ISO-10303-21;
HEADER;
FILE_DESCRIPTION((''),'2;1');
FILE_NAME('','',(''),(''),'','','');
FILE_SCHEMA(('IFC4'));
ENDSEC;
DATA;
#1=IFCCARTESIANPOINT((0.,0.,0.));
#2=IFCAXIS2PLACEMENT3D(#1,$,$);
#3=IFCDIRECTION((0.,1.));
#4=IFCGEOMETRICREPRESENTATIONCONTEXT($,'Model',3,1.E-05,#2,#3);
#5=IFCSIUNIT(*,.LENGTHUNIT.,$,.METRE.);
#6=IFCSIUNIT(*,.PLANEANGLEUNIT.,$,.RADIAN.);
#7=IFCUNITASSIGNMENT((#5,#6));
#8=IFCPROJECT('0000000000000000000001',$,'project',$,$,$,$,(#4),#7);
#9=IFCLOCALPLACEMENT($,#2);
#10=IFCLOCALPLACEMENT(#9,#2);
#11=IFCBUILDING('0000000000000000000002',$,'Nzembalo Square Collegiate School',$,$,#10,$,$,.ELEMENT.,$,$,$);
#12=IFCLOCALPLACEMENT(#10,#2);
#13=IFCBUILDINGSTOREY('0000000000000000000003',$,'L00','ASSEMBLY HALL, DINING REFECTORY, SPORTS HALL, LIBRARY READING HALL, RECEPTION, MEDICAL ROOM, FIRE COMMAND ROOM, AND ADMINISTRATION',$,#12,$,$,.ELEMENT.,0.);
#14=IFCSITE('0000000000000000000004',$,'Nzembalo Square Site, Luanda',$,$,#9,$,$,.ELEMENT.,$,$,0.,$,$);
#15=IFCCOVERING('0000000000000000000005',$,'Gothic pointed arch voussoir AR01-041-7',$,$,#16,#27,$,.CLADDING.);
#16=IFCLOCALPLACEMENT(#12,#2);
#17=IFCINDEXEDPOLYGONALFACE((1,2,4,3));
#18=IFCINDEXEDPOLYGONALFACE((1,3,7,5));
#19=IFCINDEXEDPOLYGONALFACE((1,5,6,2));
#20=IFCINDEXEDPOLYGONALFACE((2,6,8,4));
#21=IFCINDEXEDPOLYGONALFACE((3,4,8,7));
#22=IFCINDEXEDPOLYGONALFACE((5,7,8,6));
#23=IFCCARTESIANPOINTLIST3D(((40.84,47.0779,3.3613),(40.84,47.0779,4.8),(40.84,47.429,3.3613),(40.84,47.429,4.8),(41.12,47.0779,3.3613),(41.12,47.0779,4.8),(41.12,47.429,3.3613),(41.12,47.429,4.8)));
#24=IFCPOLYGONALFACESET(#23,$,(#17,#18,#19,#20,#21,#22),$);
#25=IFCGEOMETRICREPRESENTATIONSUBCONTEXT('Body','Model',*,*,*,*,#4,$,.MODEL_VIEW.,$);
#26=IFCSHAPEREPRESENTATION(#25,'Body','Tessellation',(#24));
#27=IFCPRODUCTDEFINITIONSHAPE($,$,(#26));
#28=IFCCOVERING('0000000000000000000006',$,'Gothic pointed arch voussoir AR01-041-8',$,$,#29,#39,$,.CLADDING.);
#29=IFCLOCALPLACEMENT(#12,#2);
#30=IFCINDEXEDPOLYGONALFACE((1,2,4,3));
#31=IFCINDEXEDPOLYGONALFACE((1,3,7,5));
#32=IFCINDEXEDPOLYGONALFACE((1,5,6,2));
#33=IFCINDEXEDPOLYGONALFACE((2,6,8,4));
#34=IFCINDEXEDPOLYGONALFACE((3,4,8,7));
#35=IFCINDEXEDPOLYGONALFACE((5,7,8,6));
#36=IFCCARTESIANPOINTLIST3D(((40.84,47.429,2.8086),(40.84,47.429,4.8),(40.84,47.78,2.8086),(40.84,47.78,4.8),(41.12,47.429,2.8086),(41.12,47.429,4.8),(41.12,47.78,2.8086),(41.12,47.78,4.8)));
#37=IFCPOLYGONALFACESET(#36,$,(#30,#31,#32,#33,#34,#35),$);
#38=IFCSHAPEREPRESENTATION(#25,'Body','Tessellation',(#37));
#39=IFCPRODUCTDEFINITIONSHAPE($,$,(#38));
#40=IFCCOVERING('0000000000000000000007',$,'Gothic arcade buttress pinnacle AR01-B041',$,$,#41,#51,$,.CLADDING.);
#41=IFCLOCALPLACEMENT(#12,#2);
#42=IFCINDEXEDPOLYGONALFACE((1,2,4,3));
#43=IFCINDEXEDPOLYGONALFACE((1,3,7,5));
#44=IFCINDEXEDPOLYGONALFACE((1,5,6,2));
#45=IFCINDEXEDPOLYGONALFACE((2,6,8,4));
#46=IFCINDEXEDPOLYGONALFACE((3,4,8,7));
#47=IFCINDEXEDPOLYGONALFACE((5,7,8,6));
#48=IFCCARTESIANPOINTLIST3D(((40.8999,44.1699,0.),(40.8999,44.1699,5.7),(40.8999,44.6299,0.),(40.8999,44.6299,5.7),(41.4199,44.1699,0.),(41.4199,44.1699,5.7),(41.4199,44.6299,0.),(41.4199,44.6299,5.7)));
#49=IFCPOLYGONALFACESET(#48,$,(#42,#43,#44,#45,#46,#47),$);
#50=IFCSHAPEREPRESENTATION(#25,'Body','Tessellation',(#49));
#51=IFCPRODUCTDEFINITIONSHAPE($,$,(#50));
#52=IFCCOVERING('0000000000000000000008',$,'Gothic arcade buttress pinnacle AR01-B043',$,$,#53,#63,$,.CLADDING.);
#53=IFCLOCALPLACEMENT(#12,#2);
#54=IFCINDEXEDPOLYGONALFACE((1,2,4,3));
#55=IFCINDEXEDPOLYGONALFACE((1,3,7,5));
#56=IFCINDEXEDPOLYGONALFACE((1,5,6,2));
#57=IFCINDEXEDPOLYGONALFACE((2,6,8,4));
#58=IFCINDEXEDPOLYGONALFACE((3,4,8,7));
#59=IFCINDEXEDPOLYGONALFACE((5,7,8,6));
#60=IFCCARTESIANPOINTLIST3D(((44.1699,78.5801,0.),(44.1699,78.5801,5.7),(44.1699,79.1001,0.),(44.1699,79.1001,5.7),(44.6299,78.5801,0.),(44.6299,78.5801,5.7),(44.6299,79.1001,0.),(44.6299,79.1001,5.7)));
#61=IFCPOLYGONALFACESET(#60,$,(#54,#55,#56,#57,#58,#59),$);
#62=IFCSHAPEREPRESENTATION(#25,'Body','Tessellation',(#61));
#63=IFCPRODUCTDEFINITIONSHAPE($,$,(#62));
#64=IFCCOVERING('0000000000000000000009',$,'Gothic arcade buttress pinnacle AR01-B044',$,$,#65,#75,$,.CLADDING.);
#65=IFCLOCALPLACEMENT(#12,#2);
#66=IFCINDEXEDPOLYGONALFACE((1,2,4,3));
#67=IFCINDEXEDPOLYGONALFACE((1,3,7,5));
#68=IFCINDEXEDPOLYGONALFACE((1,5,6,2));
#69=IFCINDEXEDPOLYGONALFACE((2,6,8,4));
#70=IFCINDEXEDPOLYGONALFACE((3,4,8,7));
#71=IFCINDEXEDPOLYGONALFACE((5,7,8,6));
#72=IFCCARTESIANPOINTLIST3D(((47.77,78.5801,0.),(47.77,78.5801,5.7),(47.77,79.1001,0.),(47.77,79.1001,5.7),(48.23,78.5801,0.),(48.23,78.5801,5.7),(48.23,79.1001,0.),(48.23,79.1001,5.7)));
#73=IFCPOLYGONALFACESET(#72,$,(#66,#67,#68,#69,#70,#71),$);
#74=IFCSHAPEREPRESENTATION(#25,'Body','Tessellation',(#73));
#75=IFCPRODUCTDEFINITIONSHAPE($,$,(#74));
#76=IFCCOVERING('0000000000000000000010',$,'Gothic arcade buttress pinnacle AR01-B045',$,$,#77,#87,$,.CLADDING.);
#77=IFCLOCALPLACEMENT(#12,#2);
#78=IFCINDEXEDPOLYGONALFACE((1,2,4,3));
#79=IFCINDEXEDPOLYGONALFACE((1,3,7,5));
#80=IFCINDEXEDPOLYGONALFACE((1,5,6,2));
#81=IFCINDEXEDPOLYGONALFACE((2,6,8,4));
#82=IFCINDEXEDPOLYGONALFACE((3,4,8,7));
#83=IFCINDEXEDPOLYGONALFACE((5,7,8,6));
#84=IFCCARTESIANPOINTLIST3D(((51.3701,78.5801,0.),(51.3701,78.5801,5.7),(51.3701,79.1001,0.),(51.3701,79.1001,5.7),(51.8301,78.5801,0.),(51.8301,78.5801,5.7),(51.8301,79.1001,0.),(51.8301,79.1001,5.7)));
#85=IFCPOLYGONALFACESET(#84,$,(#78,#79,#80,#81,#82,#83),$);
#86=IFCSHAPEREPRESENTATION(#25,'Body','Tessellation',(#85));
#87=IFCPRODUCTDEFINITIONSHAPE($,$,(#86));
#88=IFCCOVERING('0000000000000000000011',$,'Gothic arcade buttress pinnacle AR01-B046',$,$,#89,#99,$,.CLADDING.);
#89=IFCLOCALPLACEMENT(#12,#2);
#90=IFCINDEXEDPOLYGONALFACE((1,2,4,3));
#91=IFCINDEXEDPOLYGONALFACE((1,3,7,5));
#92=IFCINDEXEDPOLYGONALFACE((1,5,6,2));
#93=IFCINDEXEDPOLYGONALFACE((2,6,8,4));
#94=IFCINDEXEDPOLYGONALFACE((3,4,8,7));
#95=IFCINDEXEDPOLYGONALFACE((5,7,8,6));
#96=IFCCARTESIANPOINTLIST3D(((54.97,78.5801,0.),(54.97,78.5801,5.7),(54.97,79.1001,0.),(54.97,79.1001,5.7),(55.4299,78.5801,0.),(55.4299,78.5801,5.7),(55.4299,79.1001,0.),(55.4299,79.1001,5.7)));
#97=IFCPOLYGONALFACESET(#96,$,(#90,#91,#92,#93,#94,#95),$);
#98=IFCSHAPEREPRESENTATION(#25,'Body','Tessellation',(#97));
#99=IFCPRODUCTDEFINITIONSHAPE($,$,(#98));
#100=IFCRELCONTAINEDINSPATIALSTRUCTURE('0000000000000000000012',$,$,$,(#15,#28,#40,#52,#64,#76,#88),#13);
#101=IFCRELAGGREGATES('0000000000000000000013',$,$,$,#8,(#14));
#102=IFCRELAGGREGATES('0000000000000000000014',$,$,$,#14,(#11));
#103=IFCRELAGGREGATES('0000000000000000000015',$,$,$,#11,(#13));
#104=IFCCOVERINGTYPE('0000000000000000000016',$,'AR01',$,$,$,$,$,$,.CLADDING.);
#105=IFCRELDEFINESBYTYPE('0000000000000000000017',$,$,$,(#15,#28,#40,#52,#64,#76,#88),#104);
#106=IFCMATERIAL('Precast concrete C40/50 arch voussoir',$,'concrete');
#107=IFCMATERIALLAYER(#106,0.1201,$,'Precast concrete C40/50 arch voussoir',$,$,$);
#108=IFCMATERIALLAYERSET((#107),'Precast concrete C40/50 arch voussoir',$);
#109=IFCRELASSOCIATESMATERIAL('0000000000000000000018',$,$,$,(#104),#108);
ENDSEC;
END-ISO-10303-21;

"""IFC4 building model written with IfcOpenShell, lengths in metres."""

from ifc_helpers import new_model, si_unit, direction, frame, origin, origin_2d, place, context, subcontext, project, spatial, rectangle, extrude, material, layer, layer_set, type_object, element, save


model = new_model("IFC4")

# Units and contexts
model_context = context("Model", 3, precision=1e-05, world=origin(), true_north=direction((0.0, 1.0)))
body_context = subcontext(model_context, "Body", "Model", "MODEL_VIEW")
ifc_project = project(units=[si_unit("LENGTHUNIT", "METRE"), si_unit("PLANEANGLEUNIT", "RADIAN")], contexts=[model_context])

# Site, building, storey
site_placement = place(None, origin())
site = spatial("IfcSite", under=ifc_project, at=site_placement, Name="Nzembalo Square Site, Luanda", CompositionType="ELEMENT", RefElevation=0.0)
building_placement = place(site_placement, origin())
building = spatial("IfcBuilding", under=site, at=building_placement, Name="Nzembalo Square Collegiate School", CompositionType="ELEMENT")
storey_placement = place(building_placement, origin())
storey = spatial("IfcBuildingStorey", under=building, at=storey_placement, Name="L00", Description="ASSEMBLY HALL, DINING REFECTORY, SPORTS HALL, LIBRARY READING HALL, RECEPTION, MEDICAL ROOM, FIRE COMMAND ROOM, AND ADMINISTRATION", CompositionType="ELEMENT", Elevation=0.0)

# Coverings
ifc_material_1 = material(Name="Precast concrete C40/50 arch voussoir", Category="concrete")
ifc_layer_1 = layer(ifc_material_1, 0.1201, Name="Precast concrete C40/50 arch voussoir")
ifc_layer_set_1 = layer_set([ifc_layer_1], Name="Precast concrete C40/50 arch voussoir")
covering_type = type_object("IfcCoveringType", Name="AR01", PredefinedType="CLADDING", material=ifc_layer_set_1)
covering_1_placement = place(storey_placement, frame((40.98, 47.2534, 3.3613), z_axis=(0.0, 0.0, 1.0), x_axis=(1.0, 0.0, 0.0)))
element("IfcCovering", 1, at=covering_1_placement, inside=storey, type_object=covering_type, Name="Gothic pointed arch voussoir AR01-041-7", PredefinedType="CLADDING", context=body_context, shape_type="SweptSolid", body=[
    extrude(rectangle(XDim=0.28, YDim=0.3511, at=origin_2d()), origin(), (0.0, 0.0, 1.0), 1.4387),
])
covering_2_placement = place(storey_placement, frame((40.98, 47.6045, 2.8086), z_axis=(0.0, 0.0, 1.0), x_axis=(1.0, 0.0, 0.0)))
element("IfcCovering", 2, at=covering_2_placement, inside=storey, type_object=covering_type, Name="Gothic pointed arch voussoir AR01-041-8", PredefinedType="CLADDING", context=body_context, shape_type="SweptSolid", body=[
    extrude(rectangle(XDim=0.28, YDim=0.3511, at=origin_2d()), origin(), (0.0, 0.0, 1.0), 1.9915),
])
covering_3_placement = place(storey_placement, frame((41.1599, 44.3999, 0.0), z_axis=(0.0, 0.0, 1.0), x_axis=(1.0, 0.0, 0.0)))
element("IfcCovering", 3, at=covering_3_placement, inside=storey, type_object=covering_type, Name="Gothic arcade buttress pinnacle AR01-B041", PredefinedType="CLADDING", context=body_context, shape_type="SweptSolid", body=[
    extrude(rectangle(XDim=0.52, YDim=0.46, at=origin_2d()), origin(), (0.0, 0.0, 1.0), 5.7),
])
for number, where, z_axis, x_axis, name in (
    (4, (44.3999, 78.8401, 0.0), (0.0, 0.0, 1.0), (1.0, 0.0, 0.0), "Gothic arcade buttress pinnacle AR01-B043"),
    (5, (48.0, 78.8401, 0.0), (0.0, 0.0, 1.0), (1.0, 0.0, 0.0), "Gothic arcade buttress pinnacle AR01-B044"),
    (6, (51.6001, 78.8401, 0.0), (0.0, 0.0, 1.0), (1.0, 0.0, 0.0), "Gothic arcade buttress pinnacle AR01-B045"),
    (7, (55.2, 78.8401, 0.0), (0.0, 0.0, 1.0), (1.0, 0.0, 0.0), "Gothic arcade buttress pinnacle AR01-B046"),
):
    element("IfcCovering", number, at=place(storey_placement, frame(where, z_axis=z_axis, x_axis=x_axis)), inside=storey, type_object=covering_type, Name=name, PredefinedType="CLADDING", context=body_context, shape_type="SweptSolid", body=[
        extrude(rectangle(XDim=0.46, YDim=0.52, at=origin_2d()), origin(), (0.0, 0.0, 1.0), 5.7),
    ])

save(model, "model.ifc")
